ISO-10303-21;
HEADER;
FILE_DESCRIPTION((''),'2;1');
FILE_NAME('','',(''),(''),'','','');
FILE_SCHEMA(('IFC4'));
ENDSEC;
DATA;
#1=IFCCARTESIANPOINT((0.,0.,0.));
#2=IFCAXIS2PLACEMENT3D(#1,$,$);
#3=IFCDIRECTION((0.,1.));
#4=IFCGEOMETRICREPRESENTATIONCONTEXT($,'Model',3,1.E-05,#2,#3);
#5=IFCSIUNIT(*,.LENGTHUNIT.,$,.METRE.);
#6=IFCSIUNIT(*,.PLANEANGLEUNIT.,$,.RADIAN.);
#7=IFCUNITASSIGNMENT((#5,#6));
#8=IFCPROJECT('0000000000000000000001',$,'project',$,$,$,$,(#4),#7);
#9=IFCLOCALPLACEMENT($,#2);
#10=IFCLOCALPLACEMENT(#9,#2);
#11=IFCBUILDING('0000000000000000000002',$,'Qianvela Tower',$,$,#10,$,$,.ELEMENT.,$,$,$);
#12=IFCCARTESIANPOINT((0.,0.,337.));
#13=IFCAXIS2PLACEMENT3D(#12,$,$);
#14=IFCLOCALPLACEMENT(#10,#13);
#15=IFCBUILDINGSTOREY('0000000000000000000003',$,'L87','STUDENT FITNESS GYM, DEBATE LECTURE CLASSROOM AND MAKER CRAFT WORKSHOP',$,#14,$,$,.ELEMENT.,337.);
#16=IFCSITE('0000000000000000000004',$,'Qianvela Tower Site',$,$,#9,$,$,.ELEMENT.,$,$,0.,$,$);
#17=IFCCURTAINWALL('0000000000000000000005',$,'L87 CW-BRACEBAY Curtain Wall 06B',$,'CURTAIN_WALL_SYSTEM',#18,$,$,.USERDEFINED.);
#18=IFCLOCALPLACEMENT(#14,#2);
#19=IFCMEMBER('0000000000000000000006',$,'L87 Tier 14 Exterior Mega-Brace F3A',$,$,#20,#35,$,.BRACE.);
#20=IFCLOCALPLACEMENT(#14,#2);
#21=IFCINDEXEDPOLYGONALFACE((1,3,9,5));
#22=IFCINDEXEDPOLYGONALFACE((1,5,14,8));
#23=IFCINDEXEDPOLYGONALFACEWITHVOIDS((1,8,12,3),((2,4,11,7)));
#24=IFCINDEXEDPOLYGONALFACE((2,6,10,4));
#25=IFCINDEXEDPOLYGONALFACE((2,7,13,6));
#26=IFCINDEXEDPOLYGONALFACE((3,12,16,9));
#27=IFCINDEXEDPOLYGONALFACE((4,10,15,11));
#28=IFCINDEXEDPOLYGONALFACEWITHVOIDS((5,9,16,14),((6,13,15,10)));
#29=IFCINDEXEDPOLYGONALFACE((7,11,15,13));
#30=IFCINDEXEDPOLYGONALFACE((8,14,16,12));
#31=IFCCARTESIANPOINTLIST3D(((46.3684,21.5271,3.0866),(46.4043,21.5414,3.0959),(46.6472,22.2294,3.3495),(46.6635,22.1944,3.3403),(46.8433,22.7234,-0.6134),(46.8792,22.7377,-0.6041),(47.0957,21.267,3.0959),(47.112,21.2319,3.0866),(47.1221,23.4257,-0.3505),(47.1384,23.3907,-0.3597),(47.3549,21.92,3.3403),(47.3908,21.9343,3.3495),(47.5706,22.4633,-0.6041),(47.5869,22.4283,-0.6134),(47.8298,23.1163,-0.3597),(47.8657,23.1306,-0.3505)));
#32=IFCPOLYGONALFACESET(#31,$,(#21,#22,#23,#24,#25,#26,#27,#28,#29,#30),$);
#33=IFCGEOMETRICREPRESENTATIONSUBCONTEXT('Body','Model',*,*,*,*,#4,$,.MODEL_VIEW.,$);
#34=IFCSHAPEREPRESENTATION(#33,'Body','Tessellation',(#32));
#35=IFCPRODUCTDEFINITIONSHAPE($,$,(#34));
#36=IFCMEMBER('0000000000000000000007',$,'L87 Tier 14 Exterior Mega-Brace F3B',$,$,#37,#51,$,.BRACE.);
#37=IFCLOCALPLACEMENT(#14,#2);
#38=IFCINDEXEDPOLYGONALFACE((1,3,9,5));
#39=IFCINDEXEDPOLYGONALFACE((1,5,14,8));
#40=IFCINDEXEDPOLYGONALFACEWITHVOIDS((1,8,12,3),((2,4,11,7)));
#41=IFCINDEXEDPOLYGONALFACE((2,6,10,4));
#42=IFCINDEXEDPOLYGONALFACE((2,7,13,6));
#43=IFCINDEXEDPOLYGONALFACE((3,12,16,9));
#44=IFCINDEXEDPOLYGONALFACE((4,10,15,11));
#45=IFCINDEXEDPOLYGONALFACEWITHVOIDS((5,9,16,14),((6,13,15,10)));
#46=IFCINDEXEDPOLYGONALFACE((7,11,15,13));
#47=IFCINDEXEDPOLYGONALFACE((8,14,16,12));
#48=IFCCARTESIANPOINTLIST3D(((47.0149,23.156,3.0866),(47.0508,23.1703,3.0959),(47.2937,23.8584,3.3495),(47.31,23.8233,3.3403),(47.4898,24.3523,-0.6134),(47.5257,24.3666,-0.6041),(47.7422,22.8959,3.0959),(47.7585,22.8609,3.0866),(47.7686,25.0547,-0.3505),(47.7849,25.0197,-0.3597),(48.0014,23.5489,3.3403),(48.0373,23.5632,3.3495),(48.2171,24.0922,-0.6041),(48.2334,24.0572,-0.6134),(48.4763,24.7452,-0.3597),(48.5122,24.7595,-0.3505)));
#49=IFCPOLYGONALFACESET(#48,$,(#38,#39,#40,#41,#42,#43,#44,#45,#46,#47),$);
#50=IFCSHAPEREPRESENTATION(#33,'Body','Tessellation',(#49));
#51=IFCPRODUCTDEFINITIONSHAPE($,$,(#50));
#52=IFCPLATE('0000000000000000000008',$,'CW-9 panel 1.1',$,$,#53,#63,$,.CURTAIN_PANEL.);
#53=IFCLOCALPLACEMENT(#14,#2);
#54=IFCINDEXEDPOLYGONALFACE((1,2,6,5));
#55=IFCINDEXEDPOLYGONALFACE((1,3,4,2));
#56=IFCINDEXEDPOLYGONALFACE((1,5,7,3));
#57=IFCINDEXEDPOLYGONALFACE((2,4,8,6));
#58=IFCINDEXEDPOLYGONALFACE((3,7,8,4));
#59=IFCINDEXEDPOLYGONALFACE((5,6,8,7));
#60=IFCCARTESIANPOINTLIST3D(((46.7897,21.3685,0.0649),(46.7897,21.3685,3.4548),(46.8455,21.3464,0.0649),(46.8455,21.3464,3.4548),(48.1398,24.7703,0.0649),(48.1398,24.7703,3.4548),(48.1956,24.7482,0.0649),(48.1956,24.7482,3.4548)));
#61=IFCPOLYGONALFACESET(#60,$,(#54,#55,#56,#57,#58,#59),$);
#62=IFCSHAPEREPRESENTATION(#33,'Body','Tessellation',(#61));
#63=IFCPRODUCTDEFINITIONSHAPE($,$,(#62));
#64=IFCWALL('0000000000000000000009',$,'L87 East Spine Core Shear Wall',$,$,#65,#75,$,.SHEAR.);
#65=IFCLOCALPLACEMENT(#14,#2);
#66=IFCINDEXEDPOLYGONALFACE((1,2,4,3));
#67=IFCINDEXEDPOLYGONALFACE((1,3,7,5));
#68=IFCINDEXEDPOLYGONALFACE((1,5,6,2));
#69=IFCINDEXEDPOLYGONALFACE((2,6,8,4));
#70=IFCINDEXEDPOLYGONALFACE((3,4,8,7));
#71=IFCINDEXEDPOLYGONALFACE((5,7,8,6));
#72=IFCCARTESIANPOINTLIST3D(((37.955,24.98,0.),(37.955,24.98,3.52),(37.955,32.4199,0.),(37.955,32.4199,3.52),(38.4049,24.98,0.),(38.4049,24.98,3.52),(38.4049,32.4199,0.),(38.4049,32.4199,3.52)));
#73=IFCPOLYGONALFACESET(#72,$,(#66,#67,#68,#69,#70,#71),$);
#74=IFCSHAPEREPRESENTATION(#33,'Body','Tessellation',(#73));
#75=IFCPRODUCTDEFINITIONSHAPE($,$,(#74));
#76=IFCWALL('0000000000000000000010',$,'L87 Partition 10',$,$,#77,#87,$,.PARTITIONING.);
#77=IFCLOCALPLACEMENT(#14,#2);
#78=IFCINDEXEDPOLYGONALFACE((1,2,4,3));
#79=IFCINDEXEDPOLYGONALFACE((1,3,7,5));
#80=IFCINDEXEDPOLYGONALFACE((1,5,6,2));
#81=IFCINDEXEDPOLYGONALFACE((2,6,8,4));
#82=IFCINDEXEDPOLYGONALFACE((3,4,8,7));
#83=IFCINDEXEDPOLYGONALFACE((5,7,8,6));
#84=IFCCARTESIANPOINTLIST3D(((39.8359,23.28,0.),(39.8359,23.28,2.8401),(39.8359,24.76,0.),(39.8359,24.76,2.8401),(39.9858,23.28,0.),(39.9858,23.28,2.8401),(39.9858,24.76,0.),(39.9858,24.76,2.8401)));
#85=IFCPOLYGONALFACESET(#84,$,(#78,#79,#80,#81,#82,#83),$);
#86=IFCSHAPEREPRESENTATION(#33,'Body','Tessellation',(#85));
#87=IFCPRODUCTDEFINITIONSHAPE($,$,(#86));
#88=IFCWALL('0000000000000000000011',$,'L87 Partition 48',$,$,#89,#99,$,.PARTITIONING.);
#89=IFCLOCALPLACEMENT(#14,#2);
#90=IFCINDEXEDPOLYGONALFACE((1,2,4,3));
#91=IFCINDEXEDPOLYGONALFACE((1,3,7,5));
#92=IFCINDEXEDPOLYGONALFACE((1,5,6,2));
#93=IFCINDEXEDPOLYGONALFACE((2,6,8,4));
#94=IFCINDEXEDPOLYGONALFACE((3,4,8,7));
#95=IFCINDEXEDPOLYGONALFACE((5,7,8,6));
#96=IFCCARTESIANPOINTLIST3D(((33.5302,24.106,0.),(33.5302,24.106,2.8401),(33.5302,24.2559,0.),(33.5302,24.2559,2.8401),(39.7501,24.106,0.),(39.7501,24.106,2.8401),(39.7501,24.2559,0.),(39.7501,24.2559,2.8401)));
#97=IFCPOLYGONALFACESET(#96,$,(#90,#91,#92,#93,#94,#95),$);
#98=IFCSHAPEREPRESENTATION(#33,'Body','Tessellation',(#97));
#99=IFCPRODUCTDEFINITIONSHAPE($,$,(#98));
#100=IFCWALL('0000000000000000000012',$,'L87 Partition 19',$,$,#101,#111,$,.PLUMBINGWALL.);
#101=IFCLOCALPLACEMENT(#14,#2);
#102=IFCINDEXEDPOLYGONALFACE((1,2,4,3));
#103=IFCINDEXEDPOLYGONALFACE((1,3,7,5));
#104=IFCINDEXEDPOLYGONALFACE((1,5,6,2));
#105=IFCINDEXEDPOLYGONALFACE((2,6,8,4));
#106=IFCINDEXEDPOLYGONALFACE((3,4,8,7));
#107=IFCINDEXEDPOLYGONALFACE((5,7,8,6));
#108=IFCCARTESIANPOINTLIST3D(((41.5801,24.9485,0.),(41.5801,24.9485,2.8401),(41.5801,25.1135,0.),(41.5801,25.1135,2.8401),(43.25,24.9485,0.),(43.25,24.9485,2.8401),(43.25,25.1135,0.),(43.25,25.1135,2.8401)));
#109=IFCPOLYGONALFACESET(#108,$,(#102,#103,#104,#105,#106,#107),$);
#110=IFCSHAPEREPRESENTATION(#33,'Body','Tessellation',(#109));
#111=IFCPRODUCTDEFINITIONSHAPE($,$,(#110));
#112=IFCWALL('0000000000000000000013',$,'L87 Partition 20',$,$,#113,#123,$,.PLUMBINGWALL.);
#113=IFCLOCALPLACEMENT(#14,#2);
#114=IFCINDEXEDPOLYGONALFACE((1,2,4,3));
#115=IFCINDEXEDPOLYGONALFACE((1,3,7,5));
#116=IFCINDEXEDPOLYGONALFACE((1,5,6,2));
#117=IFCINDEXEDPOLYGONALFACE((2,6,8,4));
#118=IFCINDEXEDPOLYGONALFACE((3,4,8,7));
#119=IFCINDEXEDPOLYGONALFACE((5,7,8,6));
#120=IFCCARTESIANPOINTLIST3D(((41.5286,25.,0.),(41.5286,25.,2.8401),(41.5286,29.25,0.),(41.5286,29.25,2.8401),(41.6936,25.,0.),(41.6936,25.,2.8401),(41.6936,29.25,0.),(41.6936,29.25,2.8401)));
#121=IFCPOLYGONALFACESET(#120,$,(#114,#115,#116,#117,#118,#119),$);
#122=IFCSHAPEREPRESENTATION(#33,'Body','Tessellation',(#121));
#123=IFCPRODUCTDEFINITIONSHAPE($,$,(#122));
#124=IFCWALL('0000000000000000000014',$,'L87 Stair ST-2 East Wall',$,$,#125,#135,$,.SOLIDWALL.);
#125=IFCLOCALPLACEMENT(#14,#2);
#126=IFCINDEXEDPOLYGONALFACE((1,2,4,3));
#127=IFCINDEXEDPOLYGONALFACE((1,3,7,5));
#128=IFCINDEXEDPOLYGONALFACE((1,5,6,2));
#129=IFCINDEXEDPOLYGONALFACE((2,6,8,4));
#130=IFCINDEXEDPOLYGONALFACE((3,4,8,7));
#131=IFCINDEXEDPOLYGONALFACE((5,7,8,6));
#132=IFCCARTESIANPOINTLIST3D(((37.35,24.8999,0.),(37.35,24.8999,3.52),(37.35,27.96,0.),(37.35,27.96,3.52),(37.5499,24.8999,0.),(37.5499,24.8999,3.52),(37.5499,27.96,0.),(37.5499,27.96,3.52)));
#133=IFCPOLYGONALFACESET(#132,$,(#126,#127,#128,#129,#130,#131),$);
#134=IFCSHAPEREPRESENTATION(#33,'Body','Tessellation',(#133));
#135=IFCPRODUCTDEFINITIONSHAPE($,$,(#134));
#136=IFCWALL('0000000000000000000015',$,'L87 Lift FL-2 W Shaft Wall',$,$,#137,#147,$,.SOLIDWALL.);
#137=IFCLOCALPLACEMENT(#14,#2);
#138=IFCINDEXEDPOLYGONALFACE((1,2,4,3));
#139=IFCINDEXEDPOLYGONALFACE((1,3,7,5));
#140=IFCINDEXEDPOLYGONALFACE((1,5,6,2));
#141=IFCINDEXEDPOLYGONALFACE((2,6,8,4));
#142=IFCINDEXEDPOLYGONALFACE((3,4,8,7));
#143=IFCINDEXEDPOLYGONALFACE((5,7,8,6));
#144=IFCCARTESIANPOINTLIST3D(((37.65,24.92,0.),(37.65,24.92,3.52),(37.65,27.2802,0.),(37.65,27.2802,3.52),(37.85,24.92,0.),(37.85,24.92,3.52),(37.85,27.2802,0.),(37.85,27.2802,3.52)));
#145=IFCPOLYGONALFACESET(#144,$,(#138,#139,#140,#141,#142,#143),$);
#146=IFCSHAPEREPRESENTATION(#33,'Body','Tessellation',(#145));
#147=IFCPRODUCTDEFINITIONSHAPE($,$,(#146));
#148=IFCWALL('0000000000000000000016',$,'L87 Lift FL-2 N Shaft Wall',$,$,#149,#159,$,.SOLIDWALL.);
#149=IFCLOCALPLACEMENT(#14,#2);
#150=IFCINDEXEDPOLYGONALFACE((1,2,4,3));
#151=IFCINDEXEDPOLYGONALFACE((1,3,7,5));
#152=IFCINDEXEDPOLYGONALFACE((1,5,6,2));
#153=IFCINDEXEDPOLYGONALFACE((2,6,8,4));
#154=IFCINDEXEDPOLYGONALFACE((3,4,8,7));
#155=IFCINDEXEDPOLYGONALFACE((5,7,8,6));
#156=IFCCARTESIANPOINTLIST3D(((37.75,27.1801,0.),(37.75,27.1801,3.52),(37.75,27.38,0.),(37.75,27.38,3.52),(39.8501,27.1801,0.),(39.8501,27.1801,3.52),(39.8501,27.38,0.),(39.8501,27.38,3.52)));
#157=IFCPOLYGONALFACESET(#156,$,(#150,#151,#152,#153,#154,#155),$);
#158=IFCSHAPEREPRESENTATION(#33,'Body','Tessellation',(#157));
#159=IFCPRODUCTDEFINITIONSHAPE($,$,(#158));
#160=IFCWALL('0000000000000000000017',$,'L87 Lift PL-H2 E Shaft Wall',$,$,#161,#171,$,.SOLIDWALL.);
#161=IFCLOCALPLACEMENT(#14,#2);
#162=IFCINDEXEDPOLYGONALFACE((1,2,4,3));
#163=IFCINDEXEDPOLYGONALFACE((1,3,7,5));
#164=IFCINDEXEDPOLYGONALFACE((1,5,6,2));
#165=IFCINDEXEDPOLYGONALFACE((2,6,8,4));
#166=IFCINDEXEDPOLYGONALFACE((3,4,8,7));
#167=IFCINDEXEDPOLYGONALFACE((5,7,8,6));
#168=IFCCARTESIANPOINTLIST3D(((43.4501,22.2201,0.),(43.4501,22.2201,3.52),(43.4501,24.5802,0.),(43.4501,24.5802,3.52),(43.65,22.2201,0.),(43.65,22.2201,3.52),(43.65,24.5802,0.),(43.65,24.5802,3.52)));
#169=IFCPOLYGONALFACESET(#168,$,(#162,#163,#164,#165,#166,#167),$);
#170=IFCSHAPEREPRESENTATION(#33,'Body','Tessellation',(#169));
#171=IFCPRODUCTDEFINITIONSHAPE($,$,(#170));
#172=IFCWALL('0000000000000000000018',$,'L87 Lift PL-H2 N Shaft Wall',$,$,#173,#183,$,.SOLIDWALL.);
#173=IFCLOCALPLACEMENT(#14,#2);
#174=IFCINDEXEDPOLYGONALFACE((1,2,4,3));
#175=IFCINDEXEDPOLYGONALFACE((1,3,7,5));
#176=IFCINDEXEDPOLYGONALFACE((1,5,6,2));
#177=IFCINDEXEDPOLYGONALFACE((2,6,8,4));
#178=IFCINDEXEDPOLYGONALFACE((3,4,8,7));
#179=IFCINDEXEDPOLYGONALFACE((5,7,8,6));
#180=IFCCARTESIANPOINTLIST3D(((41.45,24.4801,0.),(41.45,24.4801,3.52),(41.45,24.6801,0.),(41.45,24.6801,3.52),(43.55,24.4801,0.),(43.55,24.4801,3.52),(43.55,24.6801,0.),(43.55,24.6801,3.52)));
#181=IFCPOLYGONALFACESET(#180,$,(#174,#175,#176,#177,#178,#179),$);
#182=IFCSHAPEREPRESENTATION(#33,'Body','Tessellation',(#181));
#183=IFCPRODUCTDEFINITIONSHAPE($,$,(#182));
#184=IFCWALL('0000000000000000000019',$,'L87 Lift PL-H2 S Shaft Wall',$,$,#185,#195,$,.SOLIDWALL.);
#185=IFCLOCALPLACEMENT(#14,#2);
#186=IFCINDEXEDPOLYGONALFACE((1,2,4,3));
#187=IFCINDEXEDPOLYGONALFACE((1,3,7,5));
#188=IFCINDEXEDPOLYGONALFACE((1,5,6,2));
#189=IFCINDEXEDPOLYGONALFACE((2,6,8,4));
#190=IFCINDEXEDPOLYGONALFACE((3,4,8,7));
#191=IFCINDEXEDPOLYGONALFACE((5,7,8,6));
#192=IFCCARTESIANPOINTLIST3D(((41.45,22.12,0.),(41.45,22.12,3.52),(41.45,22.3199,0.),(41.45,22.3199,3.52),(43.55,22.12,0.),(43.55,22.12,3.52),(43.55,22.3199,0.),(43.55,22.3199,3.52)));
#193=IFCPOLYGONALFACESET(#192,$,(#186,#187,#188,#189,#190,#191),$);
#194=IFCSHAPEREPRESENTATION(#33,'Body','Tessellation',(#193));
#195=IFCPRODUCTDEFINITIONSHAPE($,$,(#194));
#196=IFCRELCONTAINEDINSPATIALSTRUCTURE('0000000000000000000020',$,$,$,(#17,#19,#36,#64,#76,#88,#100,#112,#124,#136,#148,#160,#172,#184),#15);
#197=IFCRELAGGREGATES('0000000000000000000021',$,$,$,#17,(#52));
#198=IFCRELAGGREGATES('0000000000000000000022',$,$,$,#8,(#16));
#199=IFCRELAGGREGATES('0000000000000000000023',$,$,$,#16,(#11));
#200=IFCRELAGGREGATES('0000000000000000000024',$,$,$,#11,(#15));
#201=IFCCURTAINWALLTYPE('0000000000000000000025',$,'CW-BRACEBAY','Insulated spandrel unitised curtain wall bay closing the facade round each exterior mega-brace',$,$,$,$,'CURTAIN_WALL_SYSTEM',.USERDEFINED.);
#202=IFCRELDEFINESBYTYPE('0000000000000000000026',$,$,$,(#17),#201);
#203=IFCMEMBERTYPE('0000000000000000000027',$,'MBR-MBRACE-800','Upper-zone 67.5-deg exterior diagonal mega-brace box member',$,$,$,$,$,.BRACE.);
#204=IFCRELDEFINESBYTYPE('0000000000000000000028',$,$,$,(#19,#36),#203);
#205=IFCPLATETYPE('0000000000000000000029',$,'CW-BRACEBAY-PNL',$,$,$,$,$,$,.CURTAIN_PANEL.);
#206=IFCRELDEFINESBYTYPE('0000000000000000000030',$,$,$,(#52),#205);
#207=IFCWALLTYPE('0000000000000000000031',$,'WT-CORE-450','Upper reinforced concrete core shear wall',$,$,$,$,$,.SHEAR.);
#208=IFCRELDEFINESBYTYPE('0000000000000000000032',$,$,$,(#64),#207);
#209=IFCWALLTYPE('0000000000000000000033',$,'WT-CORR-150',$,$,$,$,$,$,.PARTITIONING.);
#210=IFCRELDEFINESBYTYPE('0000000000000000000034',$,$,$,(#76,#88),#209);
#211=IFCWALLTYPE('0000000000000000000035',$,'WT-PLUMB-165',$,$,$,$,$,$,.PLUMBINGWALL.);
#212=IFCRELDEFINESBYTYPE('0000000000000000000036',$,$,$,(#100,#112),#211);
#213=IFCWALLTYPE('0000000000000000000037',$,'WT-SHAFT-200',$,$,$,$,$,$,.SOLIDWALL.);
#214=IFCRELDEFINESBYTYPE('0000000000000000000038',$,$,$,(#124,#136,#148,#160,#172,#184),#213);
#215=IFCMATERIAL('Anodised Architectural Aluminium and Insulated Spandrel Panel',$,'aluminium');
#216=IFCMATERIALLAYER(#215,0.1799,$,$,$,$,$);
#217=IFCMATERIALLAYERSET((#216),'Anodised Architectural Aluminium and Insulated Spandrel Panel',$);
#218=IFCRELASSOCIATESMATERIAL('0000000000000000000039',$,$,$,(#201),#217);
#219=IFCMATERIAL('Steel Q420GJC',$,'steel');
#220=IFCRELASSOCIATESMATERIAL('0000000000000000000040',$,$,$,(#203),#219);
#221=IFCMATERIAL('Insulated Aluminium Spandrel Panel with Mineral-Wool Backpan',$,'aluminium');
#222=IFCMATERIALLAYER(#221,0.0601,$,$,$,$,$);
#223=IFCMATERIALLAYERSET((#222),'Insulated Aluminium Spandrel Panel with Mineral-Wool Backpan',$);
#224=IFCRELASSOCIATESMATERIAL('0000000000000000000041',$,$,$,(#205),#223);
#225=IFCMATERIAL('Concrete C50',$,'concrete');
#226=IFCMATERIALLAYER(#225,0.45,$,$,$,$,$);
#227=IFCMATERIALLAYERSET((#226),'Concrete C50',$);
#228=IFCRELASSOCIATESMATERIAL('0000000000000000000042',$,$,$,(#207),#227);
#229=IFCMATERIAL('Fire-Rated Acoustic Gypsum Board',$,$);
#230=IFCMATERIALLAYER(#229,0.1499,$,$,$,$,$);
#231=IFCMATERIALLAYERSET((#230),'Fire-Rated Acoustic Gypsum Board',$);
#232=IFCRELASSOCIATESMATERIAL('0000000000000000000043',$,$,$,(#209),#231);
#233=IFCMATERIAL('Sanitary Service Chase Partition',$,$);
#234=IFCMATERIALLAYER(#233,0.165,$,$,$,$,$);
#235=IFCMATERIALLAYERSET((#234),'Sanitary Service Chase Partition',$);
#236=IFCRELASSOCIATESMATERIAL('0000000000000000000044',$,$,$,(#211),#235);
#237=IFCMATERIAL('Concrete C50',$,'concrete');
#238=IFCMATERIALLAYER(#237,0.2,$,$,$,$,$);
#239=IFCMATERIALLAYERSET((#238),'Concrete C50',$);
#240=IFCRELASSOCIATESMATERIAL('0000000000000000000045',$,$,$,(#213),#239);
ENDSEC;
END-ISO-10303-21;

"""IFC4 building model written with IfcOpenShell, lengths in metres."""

from ifc_helpers import new_model, si_unit, direction, frame, frame_2d, origin, origin_2d, place, context, subcontext, project, spatial, rectangle, hollow_rectangle, extrude, material, layer, layer_set, material_profile, profile_set, type_object, element, aggregate, save


model = new_model("IFC4")

# Units and contexts
model_context = context("Model", 3, precision=1e-05, world=origin(), true_north=direction((0.0, 1.0)))
body_context = subcontext(model_context, "Body", "Model", "MODEL_VIEW")
ifc_project = project(units=[si_unit("LENGTHUNIT", "METRE"), si_unit("PLANEANGLEUNIT", "RADIAN")], contexts=[model_context])

# Site, building, storey
site_placement = place(None, origin())
site = spatial("IfcSite", under=ifc_project, at=site_placement, Name="Qianvela Tower Site", CompositionType="ELEMENT", RefElevation=0.0)
building_placement = place(site_placement, origin())
building = spatial("IfcBuilding", under=site, at=building_placement, Name="Qianvela Tower", CompositionType="ELEMENT")
storey_placement = place(building_placement, frame((0.0, 0.0, 337.0)))
storey = spatial("IfcBuildingStorey", under=building, at=storey_placement, Name="L87", Description="STUDENT FITNESS GYM, DEBATE LECTURE CLASSROOM AND MAKER CRAFT WORKSHOP", CompositionType="ELEMENT", Elevation=337.0)

# Curtain wall
ifc_material_1 = material(Name="Anodised Architectural Aluminium and Insulated Spandrel Panel", Category="aluminium")
ifc_layer_1 = layer(ifc_material_1, 0.1799)
ifc_layer_set_1 = layer_set([ifc_layer_1], Name="Anodised Architectural Aluminium and Insulated Spandrel Panel")
curtain_wall_type_1 = type_object("IfcCurtainWallType", Name="CW-BRACEBAY", Description="Insulated spandrel unitised curtain wall bay closing the facade round each exterior mega-brace", ElementType="CURTAIN_WALL_SYSTEM", PredefinedType="USERDEFINED", material=ifc_layer_set_1)
curtain_wall_1_placement = place(storey_placement, origin())
curtain_wall_1 = element("IfcCurtainWall", 1, at=curtain_wall_1_placement, inside=storey, type_object=curtain_wall_type_1, Name="L87 CW-BRACEBAY Curtain Wall 06B", ObjectType="CURTAIN_WALL_SYSTEM", PredefinedType="USERDEFINED")

# Members
ifc_material_2 = material(Name="Steel Q420GJC", Category="steel")
ifc_material_profile_1 = material_profile(ifc_material_2, hollow_rectangle(XDim=0.8, YDim=0.8, WallThickness=0.0281, at=origin_2d()), Name="MBOX-800x800x28")
ifc_profile_set_1 = profile_set([ifc_material_profile_1], Name="Steel Q420GJC")
member_type_1 = type_object("IfcMemberType", Name="MBR-MBRACE-800", Description="Upper-zone 67.5-deg exterior diagonal mega-brace box member", PredefinedType="BRACE", material=ifc_profile_set_1)
for number, where, z_axis, x_axis, name in (
    (2, (47.3545, 22.927, -0.4819), (-0.121216, -0.305376, 0.944485), (0.929455, -0.368937, 0.0), "L87 Tier 14 Exterior Mega-Brace F3A"),
    (3, (48.001, 24.5559, -0.4819), (-0.121216, -0.305376, 0.944485), (0.929455, -0.368937, 0.0), "L87 Tier 14 Exterior Mega-Brace F3B"),
):
    element("IfcMember", number, at=place(storey_placement, frame(where, z_axis=z_axis, x_axis=x_axis)), inside=storey, type_object=member_type_1, Name=name, PredefinedType="BRACE", context=body_context, shape_type="SweptSolid", body=[
        extrude(hollow_rectangle(XDim=0.8, YDim=0.8, WallThickness=0.0281, at=origin_2d()), origin(), (0.0, 0.0, 1.0), 3.9175),
    ])

# Plate
ifc_material_3 = material(Name="Insulated Aluminium Spandrel Panel with Mineral-Wool Backpan", Category="aluminium")
ifc_layer_2 = layer(ifc_material_3, 0.0601)
ifc_layer_set_2 = layer_set([ifc_layer_2], Name="Insulated Aluminium Spandrel Panel with Mineral-Wool Backpan")
plate_type = type_object("IfcPlateType", Name="CW-BRACEBAY-PNL", PredefinedType="CURTAIN_PANEL", material=ifc_layer_set_2)
plate_placement = place(storey_placement, frame((47.4927, 23.0583, 0.0649), z_axis=(0.0, 0.0, 1.0), x_axis=(0.368892, 0.929472, 0.0)))
plate = element("IfcPlate", 4, at=plate_placement, type_object=plate_type, Name="CW-9 panel 1.1", PredefinedType="CURTAIN_PANEL", context=body_context, shape_type="SweptSolid", body=[
    extrude(rectangle(XDim=3.6599, YDim=0.0601, at=origin_2d()), origin(), (0.0, 0.0, 1.0), 3.3899),
])
aggregate(curtain_wall_1, [plate])

# Walls
ifc_material_4 = material(Name="Concrete C50", Category="concrete")
ifc_layer_3 = layer(ifc_material_4, 0.45)
ifc_layer_set_3 = layer_set([ifc_layer_3], Name="Concrete C50")
wall_type_1 = type_object("IfcWallType", Name="WT-CORE-450", Description="Upper reinforced concrete core shear wall", PredefinedType="SHEAR", material=ifc_layer_set_3)
wall_1_placement = place(storey_placement, frame((38.1799, 24.98, 0.0), z_axis=(0.0, 0.0, 1.0), x_axis=(0.0, 1.0, 0.0)))
element("IfcWall", 5, at=wall_1_placement, inside=storey, type_object=wall_type_1, Name="L87 East Spine Core Shear Wall", PredefinedType="SHEAR", context=body_context, shape_type="SweptSolid", body=[
    extrude(rectangle(XDim=7.4399, YDim=0.45, at=frame_2d((3.72, 0.0))), origin(), (0.0, 0.0, 1.0), 3.52),
])
ifc_material_5 = material(Name="Fire-Rated Acoustic Gypsum Board")
ifc_layer_4 = layer(ifc_material_5, 0.1499)
ifc_layer_set_4 = layer_set([ifc_layer_4], Name="Fire-Rated Acoustic Gypsum Board")
wall_type_2 = type_object("IfcWallType", Name="WT-CORR-150", PredefinedType="PARTITIONING", material=ifc_layer_set_4)
wall_2_placement = place(storey_placement, frame((39.9109, 23.28, 0.0), z_axis=(0.0, 0.0, 1.0), x_axis=(0.0, 1.0, 0.0)))
element("IfcWall", 6, at=wall_2_placement, inside=storey, type_object=wall_type_2, Name="L87 Partition 10", PredefinedType="PARTITIONING", context=body_context, shape_type="SweptSolid", body=[
    extrude(rectangle(XDim=1.48, YDim=0.1499, at=frame_2d((0.74, 0.0))), origin(), (0.0, 0.0, 1.0), 2.8401),
])
wall_3_placement = place(storey_placement, frame((39.75, 24.1809, 0.0), z_axis=(0.0, 0.0, 1.0), x_axis=(-1.0, 0.0, 0.0)))
element("IfcWall", 7, at=wall_3_placement, inside=storey, type_object=wall_type_2, Name="L87 Partition 48", PredefinedType="PARTITIONING", context=body_context, shape_type="SweptSolid", body=[
    extrude(rectangle(XDim=6.22, YDim=0.1499, at=frame_2d((3.1099, 0.0))), origin(), (0.0, 0.0, 1.0), 2.8401),
])
ifc_material_6 = material(Name="Sanitary Service Chase Partition")
ifc_layer_5 = layer(ifc_material_6, 0.165)
ifc_layer_set_5 = layer_set([ifc_layer_5], Name="Sanitary Service Chase Partition")
wall_type_3 = type_object("IfcWallType", Name="WT-PLUMB-165", PredefinedType="PLUMBINGWALL", material=ifc_layer_set_5)
wall_4_placement = place(storey_placement, frame((43.25, 25.031, 0.0), z_axis=(0.0, 0.0, 1.0), x_axis=(-1.0, 0.0, 0.0)))
element("IfcWall", 8, at=wall_4_placement, inside=storey, type_object=wall_type_3, Name="L87 Partition 19", PredefinedType="PLUMBINGWALL", context=body_context, shape_type="SweptSolid", body=[
    extrude(rectangle(XDim=1.6699, YDim=0.165, at=frame_2d((0.835, 0.0))), origin(), (0.0, 0.0, 1.0), 2.8401),
])
wall_5_placement = place(storey_placement, frame((41.6111, 25.0, 0.0), z_axis=(0.0, 0.0, 1.0), x_axis=(0.0, 1.0, 0.0)))
element("IfcWall", 9, at=wall_5_placement, inside=storey, type_object=wall_type_3, Name="L87 Partition 20", PredefinedType="PLUMBINGWALL", context=body_context, shape_type="SweptSolid", body=[
    extrude(rectangle(XDim=4.25, YDim=0.165, at=frame_2d((2.125, 0.0))), origin(), (0.0, 0.0, 1.0), 2.8401),
])
ifc_material_7 = material(Name="Concrete C50", Category="concrete")
ifc_layer_6 = layer(ifc_material_7, 0.2)
ifc_layer_set_6 = layer_set([ifc_layer_6], Name="Concrete C50")
wall_type_4 = type_object("IfcWallType", Name="WT-SHAFT-200", PredefinedType="SOLIDWALL", material=ifc_layer_set_6)
wall_6_placement = place(storey_placement, frame((37.45, 24.8999, 0.0), z_axis=(0.0, 0.0, 1.0), x_axis=(0.0, 1.0, 0.0)))
element("IfcWall", 10, at=wall_6_placement, inside=storey, type_object=wall_type_4, Name="L87 Stair ST-2 East Wall", PredefinedType="SOLIDWALL", context=body_context, shape_type="SweptSolid", body=[
    extrude(rectangle(XDim=3.0601, YDim=0.2, at=frame_2d((1.53, 0.0))), origin(), (0.0, 0.0, 1.0), 3.52),
])

# Walls
wall_7_placement = place(storey_placement, frame((37.75, 24.9199, 0.0), z_axis=(0.0, 0.0, 1.0), x_axis=(0.0, 1.0, 0.0)))
element("IfcWall", 11, at=wall_7_placement, inside=storey, type_object=wall_type_4, Name="L87 Lift FL-2 W Shaft Wall", PredefinedType="SOLIDWALL", context=body_context, shape_type="SweptSolid", body=[
    extrude(rectangle(XDim=2.3601, YDim=0.2, at=frame_2d((1.1802, 0.0))), origin(), (0.0, 0.0, 1.0), 3.52),
])
wall_8_placement = place(storey_placement, frame((37.75, 27.28, 0.0), z_axis=(0.0, 0.0, 1.0), x_axis=(1.0, 0.0, 0.0)))
element("IfcWall", 12, at=wall_8_placement, inside=storey, type_object=wall_type_4, Name="L87 Lift FL-2 N Shaft Wall", PredefinedType="SOLIDWALL", context=body_context, shape_type="SweptSolid", body=[
    extrude(rectangle(XDim=2.1001, YDim=0.2, at=frame_2d((1.05, 0.0))), origin(), (0.0, 0.0, 1.0), 3.52),
])
wall_9_placement = place(storey_placement, frame((43.55, 22.22, 0.0), z_axis=(0.0, 0.0, 1.0), x_axis=(0.0, 1.0, 0.0)))
element("IfcWall", 13, at=wall_9_placement, inside=storey, type_object=wall_type_4, Name="L87 Lift PL-H2 E Shaft Wall", PredefinedType="SOLIDWALL", context=body_context, shape_type="SweptSolid", body=[
    extrude(rectangle(XDim=2.3601, YDim=0.2, at=frame_2d((1.1802, 0.0))), origin(), (0.0, 0.0, 1.0), 3.52),
])
for number, where, z_axis, x_axis, name in (
    (14, (41.45, 24.5801, 0.0), (0.0, 0.0, 1.0), (1.0, 0.0, 0.0), "L87 Lift PL-H2 N Shaft Wall"),
    (15, (41.45, 22.22, 0.0), (0.0, 0.0, 1.0), (1.0, 0.0, 0.0), "L87 Lift PL-H2 S Shaft Wall"),
):
    element("IfcWall", number, at=place(storey_placement, frame(where, z_axis=z_axis, x_axis=x_axis)), inside=storey, type_object=wall_type_4, Name=name, PredefinedType="SOLIDWALL", context=body_context, shape_type="SweptSolid", body=[
        extrude(rectangle(XDim=2.1001, YDim=0.2, at=frame_2d((1.05, 0.0))), origin(), (0.0, 0.0, 1.0), 3.52),
    ])

save(model, "model.ifc")
